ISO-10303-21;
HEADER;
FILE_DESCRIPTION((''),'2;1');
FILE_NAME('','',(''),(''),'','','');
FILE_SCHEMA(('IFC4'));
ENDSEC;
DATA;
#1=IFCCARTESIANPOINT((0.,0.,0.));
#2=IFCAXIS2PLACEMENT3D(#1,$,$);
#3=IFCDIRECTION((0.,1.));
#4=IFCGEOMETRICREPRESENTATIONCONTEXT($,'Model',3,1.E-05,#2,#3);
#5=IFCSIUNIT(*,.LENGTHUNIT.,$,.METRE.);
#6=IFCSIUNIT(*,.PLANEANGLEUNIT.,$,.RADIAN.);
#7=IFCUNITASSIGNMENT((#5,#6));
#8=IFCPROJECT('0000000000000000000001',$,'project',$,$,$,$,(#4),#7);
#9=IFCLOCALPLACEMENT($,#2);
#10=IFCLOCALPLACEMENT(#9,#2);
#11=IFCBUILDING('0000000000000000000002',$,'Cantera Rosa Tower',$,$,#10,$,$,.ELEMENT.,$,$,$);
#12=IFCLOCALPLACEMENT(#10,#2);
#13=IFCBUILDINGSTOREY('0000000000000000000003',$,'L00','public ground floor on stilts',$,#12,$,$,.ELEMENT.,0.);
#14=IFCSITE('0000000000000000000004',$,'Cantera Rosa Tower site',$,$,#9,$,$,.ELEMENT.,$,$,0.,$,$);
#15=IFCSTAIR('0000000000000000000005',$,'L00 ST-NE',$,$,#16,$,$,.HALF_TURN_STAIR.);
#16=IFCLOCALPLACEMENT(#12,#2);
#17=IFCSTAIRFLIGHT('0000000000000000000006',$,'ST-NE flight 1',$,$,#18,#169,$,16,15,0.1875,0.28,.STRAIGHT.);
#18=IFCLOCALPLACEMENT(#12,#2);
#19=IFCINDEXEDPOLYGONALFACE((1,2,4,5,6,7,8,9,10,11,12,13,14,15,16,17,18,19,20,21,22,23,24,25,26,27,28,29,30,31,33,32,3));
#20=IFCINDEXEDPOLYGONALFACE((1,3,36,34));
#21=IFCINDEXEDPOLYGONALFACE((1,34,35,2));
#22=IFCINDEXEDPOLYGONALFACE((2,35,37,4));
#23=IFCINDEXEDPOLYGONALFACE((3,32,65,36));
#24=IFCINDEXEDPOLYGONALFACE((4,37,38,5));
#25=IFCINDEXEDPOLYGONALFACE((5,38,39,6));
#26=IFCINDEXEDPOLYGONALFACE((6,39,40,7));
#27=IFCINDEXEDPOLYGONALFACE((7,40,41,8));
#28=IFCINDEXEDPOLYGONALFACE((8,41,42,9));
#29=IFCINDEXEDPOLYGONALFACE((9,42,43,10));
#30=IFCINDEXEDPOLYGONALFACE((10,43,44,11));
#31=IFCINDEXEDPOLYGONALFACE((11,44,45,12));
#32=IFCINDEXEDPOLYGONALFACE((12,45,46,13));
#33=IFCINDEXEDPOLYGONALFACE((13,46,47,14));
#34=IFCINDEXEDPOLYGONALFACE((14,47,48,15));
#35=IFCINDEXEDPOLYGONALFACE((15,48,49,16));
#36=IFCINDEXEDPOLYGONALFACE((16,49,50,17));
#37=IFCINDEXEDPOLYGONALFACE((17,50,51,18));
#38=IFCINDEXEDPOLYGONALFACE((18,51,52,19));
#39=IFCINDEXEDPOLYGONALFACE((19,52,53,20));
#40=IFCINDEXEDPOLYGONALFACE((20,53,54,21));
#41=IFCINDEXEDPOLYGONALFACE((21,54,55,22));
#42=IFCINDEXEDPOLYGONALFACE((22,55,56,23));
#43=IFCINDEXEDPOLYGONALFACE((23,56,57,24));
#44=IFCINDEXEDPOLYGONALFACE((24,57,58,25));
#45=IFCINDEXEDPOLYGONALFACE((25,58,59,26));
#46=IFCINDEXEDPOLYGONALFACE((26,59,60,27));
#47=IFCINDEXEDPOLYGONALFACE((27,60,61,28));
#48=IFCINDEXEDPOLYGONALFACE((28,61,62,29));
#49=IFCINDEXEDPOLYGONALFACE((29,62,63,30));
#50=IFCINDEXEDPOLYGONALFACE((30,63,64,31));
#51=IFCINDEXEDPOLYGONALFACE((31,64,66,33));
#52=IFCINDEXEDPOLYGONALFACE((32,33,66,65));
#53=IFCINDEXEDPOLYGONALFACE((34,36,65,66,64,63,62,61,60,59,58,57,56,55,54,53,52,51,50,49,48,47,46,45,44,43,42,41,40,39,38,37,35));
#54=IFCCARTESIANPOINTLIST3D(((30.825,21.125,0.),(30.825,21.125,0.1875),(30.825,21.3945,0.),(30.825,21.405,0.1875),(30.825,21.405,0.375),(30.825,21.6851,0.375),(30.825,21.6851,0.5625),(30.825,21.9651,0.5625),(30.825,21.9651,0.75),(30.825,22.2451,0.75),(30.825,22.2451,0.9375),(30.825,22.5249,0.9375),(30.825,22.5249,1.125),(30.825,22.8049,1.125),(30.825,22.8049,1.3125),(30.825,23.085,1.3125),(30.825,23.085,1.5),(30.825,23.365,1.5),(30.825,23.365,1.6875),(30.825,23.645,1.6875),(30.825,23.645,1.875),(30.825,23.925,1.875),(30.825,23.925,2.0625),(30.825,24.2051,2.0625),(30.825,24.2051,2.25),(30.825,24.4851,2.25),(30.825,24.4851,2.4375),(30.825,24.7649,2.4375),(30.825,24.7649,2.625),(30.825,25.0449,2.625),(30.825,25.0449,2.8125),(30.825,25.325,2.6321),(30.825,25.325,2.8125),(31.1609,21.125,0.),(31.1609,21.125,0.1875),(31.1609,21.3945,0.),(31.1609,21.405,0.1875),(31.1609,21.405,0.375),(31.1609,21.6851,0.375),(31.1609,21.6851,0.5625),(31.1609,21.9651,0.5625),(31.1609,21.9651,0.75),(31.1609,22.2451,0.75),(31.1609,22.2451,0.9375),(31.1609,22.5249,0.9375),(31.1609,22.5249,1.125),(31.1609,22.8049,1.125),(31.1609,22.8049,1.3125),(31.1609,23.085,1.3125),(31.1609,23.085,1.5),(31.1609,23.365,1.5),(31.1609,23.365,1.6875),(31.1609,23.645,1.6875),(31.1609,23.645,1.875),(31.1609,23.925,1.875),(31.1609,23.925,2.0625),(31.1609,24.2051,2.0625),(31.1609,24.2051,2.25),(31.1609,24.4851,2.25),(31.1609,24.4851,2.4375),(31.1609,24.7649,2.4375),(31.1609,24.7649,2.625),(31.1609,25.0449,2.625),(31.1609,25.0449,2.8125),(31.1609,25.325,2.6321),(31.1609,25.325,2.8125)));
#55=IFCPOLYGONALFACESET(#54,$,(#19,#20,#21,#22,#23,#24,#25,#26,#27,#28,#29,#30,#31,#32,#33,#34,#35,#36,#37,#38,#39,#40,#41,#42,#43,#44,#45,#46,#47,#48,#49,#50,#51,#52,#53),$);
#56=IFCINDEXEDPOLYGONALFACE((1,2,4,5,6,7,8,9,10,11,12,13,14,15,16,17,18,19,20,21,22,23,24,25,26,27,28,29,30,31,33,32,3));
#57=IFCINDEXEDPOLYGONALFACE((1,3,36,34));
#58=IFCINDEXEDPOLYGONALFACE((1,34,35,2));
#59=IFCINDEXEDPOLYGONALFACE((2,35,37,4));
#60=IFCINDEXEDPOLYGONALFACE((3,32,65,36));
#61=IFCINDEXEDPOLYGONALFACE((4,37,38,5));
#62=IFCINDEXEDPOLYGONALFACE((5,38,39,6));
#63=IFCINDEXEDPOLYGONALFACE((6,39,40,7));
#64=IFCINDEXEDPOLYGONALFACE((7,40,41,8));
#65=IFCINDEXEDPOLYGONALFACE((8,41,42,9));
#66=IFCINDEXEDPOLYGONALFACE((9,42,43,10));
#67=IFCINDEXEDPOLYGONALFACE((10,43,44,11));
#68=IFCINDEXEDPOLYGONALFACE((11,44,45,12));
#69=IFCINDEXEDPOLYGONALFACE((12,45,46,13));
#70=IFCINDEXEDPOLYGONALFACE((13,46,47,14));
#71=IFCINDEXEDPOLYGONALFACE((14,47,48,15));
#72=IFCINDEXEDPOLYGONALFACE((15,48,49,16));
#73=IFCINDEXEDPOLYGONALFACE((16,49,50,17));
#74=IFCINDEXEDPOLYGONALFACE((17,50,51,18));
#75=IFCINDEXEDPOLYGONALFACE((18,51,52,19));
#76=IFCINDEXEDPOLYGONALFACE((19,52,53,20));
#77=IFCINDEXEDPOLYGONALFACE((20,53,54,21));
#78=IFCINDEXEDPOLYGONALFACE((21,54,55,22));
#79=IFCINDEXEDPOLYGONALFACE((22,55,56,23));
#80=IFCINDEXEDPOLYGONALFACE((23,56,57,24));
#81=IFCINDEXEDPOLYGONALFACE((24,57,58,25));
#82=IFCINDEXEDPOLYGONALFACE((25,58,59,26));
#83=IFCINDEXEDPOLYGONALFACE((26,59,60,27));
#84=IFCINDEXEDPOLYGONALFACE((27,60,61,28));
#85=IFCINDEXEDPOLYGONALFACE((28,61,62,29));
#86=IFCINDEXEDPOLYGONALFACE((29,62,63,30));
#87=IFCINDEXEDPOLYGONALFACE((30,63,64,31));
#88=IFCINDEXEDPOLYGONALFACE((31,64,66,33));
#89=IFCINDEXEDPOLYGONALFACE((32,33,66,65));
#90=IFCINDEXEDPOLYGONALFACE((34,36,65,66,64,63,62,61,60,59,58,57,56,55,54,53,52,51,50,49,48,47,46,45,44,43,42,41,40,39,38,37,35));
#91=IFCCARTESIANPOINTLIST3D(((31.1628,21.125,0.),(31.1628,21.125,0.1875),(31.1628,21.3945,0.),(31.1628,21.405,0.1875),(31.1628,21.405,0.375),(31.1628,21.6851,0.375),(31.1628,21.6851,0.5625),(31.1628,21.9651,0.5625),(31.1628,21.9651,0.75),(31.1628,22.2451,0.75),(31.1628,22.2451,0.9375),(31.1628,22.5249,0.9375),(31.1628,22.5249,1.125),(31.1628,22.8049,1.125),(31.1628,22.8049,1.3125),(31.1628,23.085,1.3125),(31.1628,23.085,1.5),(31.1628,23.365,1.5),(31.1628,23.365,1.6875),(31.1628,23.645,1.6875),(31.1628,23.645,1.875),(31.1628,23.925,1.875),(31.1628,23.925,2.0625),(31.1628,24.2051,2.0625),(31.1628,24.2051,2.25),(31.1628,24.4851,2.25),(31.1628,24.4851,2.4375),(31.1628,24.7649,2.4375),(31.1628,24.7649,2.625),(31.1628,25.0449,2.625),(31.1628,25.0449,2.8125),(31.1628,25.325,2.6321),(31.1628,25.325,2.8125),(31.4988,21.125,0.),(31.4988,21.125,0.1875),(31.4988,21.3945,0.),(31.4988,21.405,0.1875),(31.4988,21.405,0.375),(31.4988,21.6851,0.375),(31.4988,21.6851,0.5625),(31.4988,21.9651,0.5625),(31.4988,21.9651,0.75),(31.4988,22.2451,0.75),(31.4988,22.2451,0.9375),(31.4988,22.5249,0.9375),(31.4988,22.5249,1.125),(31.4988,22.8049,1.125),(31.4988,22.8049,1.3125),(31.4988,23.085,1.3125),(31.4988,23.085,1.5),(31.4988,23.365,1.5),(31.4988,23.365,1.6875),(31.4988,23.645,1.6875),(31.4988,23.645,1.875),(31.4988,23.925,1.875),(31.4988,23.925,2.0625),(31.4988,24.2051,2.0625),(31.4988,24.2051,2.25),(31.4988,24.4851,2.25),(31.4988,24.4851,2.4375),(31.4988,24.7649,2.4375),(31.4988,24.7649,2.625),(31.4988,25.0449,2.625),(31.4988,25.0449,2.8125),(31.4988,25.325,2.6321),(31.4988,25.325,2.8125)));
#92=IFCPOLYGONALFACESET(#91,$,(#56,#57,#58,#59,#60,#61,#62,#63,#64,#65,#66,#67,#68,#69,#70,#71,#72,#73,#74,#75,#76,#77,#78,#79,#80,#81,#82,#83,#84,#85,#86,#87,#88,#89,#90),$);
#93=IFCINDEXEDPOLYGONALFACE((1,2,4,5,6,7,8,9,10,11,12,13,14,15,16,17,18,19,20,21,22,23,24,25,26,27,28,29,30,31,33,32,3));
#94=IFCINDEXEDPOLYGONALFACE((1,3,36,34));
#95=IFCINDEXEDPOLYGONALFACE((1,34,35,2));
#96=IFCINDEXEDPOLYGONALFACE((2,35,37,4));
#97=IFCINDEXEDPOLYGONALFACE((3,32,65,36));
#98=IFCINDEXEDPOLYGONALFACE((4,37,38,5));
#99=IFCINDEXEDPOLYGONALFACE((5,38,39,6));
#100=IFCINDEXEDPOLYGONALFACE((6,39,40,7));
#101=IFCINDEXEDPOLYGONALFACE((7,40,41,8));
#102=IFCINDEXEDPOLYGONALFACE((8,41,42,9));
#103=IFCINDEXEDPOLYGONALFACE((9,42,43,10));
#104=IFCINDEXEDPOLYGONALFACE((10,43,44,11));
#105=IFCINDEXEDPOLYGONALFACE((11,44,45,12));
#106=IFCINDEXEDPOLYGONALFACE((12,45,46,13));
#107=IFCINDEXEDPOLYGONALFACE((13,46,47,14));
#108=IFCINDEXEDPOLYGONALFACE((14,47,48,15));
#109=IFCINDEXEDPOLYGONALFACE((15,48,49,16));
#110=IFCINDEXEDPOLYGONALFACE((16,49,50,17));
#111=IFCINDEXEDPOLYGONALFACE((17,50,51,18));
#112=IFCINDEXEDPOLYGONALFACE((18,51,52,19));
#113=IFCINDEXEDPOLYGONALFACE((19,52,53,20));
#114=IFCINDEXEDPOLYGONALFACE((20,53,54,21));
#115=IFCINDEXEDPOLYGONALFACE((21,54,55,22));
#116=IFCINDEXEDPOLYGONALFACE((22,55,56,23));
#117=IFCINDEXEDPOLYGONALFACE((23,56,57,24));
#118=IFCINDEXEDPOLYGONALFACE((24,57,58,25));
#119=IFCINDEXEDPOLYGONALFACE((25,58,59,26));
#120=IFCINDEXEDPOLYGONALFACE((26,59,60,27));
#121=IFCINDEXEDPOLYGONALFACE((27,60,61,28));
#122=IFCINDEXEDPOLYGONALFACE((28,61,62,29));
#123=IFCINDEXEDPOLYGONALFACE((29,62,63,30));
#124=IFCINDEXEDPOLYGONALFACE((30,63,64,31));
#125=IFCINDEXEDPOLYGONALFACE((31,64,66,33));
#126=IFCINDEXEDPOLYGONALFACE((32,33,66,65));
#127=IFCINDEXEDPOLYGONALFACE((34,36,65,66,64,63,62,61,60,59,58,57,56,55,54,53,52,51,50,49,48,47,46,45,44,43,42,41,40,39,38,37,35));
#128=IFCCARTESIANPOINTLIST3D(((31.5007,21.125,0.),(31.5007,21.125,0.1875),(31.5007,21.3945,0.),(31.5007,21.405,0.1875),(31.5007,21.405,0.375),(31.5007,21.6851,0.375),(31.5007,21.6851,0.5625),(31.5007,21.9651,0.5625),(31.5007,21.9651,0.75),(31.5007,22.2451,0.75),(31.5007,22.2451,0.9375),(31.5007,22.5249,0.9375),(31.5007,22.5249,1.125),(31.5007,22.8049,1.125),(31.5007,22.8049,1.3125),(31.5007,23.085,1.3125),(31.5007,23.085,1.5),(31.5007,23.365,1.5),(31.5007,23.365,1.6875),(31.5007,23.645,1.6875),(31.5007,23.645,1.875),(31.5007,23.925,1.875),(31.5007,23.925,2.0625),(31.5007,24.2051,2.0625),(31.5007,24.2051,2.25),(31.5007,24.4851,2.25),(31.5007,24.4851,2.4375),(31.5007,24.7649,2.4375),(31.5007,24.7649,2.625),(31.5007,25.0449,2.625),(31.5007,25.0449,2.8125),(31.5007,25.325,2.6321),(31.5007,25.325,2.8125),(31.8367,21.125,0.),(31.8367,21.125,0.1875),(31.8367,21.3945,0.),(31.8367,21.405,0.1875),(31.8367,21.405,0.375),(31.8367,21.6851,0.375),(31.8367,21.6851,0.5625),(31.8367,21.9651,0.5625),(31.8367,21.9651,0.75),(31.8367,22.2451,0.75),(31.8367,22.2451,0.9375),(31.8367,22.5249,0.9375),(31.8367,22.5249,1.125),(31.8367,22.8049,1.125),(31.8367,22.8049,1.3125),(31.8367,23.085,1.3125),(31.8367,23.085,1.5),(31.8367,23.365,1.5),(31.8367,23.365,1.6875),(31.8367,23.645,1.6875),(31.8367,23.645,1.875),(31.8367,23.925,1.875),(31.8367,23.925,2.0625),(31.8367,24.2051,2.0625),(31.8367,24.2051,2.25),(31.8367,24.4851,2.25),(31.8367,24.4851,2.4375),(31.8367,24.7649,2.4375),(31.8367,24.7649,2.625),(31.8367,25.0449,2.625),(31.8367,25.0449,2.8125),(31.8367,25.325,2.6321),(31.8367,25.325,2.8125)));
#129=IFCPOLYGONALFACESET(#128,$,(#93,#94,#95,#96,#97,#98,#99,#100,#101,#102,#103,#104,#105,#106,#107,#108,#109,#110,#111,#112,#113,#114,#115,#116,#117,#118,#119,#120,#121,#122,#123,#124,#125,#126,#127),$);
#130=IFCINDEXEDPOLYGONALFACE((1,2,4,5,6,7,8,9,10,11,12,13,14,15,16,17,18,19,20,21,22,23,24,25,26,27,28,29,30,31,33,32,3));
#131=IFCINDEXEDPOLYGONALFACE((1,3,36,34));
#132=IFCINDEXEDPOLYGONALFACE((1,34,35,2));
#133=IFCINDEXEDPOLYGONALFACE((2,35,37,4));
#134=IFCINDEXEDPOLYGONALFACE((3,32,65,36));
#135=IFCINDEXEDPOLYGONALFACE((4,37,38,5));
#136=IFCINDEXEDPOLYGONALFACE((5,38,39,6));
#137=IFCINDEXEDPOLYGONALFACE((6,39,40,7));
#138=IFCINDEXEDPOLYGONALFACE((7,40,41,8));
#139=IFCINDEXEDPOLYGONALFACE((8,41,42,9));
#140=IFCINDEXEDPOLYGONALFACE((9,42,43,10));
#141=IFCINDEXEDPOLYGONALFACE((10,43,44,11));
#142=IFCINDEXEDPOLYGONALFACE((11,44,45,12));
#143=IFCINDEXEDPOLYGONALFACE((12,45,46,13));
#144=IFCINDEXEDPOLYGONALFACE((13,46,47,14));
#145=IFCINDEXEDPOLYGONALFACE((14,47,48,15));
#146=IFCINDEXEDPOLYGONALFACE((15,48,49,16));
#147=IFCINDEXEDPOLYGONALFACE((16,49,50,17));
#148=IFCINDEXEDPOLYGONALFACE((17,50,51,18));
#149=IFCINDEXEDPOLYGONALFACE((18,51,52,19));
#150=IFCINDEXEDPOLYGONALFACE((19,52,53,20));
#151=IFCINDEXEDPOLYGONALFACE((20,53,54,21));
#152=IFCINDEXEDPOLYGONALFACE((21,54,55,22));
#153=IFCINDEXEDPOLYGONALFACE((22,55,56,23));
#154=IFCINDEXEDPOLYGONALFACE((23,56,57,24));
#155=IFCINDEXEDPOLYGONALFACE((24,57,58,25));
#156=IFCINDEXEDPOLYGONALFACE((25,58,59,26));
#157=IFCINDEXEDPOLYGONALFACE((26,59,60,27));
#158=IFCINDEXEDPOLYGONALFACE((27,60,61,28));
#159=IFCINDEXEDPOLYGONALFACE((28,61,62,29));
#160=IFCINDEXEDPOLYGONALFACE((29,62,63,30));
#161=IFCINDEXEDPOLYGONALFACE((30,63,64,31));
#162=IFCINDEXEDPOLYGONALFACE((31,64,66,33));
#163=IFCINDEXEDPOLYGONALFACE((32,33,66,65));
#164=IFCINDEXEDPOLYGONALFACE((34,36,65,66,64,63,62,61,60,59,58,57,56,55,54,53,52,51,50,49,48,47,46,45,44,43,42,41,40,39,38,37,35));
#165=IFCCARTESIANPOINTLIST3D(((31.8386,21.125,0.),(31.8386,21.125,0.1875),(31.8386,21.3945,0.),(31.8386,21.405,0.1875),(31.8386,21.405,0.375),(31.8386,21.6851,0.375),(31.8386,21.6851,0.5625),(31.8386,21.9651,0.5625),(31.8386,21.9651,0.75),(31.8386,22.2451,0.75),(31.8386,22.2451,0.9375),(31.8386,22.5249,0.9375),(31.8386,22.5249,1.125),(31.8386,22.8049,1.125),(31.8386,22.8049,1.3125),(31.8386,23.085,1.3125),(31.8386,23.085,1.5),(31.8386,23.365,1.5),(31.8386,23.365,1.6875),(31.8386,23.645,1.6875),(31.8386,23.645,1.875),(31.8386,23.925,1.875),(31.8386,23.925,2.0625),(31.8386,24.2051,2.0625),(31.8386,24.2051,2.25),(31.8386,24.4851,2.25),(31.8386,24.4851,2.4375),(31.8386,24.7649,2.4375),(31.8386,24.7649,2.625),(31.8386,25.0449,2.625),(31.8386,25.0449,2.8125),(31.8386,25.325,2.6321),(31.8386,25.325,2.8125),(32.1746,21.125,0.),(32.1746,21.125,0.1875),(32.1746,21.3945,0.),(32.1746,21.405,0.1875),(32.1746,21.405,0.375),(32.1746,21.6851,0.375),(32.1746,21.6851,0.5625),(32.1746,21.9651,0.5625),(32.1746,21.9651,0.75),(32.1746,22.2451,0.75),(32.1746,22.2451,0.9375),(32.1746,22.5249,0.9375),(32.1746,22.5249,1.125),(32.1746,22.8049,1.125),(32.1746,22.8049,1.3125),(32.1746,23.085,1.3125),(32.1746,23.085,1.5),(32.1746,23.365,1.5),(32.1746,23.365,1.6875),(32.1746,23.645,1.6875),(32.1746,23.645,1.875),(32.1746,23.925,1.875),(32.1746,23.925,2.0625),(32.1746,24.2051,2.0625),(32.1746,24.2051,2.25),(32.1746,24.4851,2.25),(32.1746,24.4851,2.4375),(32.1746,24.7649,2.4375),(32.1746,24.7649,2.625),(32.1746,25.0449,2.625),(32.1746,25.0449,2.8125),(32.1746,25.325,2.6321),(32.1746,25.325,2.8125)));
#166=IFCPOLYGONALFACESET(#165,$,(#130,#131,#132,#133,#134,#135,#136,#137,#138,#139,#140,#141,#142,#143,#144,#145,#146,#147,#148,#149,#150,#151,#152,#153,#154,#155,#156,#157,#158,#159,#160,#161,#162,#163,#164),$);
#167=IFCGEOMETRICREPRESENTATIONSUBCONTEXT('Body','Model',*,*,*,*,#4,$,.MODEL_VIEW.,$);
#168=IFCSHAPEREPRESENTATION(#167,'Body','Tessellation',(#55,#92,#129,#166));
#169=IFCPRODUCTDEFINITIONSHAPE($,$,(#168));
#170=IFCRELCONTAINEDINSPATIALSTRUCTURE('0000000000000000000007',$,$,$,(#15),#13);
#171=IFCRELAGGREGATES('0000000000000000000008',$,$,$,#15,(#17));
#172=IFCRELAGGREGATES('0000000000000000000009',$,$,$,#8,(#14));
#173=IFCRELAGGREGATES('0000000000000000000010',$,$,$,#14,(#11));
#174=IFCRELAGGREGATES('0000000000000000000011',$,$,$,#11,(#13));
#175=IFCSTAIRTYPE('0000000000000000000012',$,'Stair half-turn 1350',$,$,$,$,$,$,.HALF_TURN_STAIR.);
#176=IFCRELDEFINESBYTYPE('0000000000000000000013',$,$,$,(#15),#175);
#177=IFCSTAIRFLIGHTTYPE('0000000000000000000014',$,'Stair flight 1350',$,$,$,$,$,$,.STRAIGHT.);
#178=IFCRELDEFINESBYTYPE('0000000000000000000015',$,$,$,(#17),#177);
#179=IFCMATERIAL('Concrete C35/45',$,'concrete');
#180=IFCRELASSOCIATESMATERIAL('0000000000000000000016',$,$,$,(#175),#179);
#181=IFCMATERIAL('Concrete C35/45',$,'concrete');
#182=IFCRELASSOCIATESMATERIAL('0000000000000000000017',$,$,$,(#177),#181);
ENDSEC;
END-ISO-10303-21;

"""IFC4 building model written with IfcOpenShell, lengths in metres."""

from ifc_helpers import new_model, si_unit, direction, frame, origin, place, context, subcontext, project, spatial, polyline, outline, extrude, material, type_object, element, aggregate, save


model = new_model("IFC4")

# Units and contexts
model_context = context("Model", 3, precision=1e-05, world=origin(), true_north=direction((0.0, 1.0)))
body_context = subcontext(model_context, "Body", "Model", "MODEL_VIEW")
ifc_project = project(units=[si_unit("LENGTHUNIT", "METRE"), si_unit("PLANEANGLEUNIT", "RADIAN")], contexts=[model_context])

# Site, building, storey
site_placement = place(None, origin())
site = spatial("IfcSite", under=ifc_project, at=site_placement, Name="Cantera Rosa Tower site", CompositionType="ELEMENT", RefElevation=0.0)
building_placement = place(site_placement, origin())
building = spatial("IfcBuilding", under=site, at=building_placement, Name="Cantera Rosa Tower", CompositionType="ELEMENT")
storey_placement = place(building_placement, origin())
storey = spatial("IfcBuildingStorey", under=building, at=storey_placement, Name="L00", Description="public ground floor on stilts", CompositionType="ELEMENT", Elevation=0.0)

# Stair, stair flight
ifc_material_1 = material(Name="Concrete C35/45", Category="concrete")
stair_type = type_object("IfcStairType", Name="Stair half-turn 1350", PredefinedType="HALF_TURN_STAIR", material=ifc_material_1)
stair_placement = place(storey_placement, origin())
stair = element("IfcStair", 1, at=stair_placement, inside=storey, type_object=stair_type, Name="L00 ST-NE", PredefinedType="HALF_TURN_STAIR")
ifc_material_2 = material(Name="Concrete C35/45", Category="concrete")
stair_flight_type = type_object("IfcStairFlightType", Name="Stair flight 1350", PredefinedType="STRAIGHT", material=ifc_material_2)
stair_flight_1_placement = place(storey_placement, frame((31.5, 21.125, 0.0), z_axis=(0.0, 0.0, 1.0), x_axis=(0.0, 1.0, 0.0)))
stair_flight_1 = element("IfcStairFlight", 2, at=stair_flight_1_placement, type_object=stair_flight_type, Name="ST-NE flight 1", NumberOfRisers=16, NumberOfTreads=15, PredefinedType="STRAIGHT", RiserHeight=0.1875, TreadLength=0.28, context=body_context, shape_type="SweptSolid", body=[
    extrude(outline(polyline([(0.0, 0.0), (0.0, 0.1875), (0.28, 0.1875), (0.28, 0.375), (0.5601, 0.375), (0.5601, 0.5625), (0.8401, 0.5625), (0.8401, 0.75), (1.1201, 0.75), (1.1201, 0.9375), (1.3999, 0.9375), (1.3999, 1.125), (1.6799, 1.125), (1.6799, 1.3125), (1.96, 1.3125), (1.96, 1.5), (2.24, 1.5), (2.24, 1.6875), (2.52, 1.6875), (2.52, 1.875), (2.8, 1.875), (2.8, 2.0625), (3.0801, 2.0625), (3.0801, 2.25), (3.3601, 2.25), (3.3601, 2.4375), (3.6399, 2.4375), (3.6399, 2.625), (3.9199, 2.625), (3.9199, 2.8125), (4.2, 2.8125), (4.2, 3.0), (4.2, 2.6321), (0.2695, 0.0), (0.0, 0.0)])), frame((0.0, 0.675, 0.0), z_axis=(0.0, -1.0, 0.0), x_axis=(1.0, 0.0, 0.0)), (0.0, 0.0, 1.0), 0.3359),
    extrude(outline(polyline([(0.0, 0.0), (0.0, 0.1875), (0.28, 0.1875), (0.28, 0.375), (0.5601, 0.375), (0.5601, 0.5625), (0.8401, 0.5625), (0.8401, 0.75), (1.1201, 0.75), (1.1201, 0.9375), (1.3999, 0.9375), (1.3999, 1.125), (1.6799, 1.125), (1.6799, 1.3125), (1.96, 1.3125), (1.96, 1.5), (2.24, 1.5), (2.24, 1.6875), (2.52, 1.6875), (2.52, 1.875), (2.8, 1.875), (2.8, 2.0625), (3.0801, 2.0625), (3.0801, 2.25), (3.3601, 2.25), (3.3601, 2.4375), (3.6399, 2.4375), (3.6399, 2.625), (3.9199, 2.625), (3.9199, 2.8125), (4.2, 2.8125), (4.2, 3.0), (4.2, 2.6321), (0.2695, 0.0), (0.0, 0.0)])), frame((0.0, 0.3372, 0.0), z_axis=(0.0, -1.0, 0.0), x_axis=(1.0, 0.0, 0.0)), (0.0, 0.0, 1.0), 0.3359),
    extrude(outline(polyline([(0.0, 0.0), (0.0, 0.1875), (0.28, 0.1875), (0.28, 0.375), (0.5601, 0.375), (0.5601, 0.5625), (0.8401, 0.5625), (0.8401, 0.75), (1.1201, 0.75), (1.1201, 0.9375), (1.3999, 0.9375), (1.3999, 1.125), (1.6799, 1.125), (1.6799, 1.3125), (1.96, 1.3125), (1.96, 1.5), (2.24, 1.5), (2.24, 1.6875), (2.52, 1.6875), (2.52, 1.875), (2.8, 1.875), (2.8, 2.0625), (3.0801, 2.0625), (3.0801, 2.25), (3.3601, 2.25), (3.3601, 2.4375), (3.6399, 2.4375), (3.6399, 2.625), (3.9199, 2.625), (3.9199, 2.8125), (4.2, 2.8125), (4.2, 3.0), (4.2, 2.6321), (0.2695, 0.0), (0.0, 0.0)])), frame((0.0, -0.0007, 0.0), z_axis=(0.0, -1.0, 0.0), x_axis=(1.0, 0.0, 0.0)), (0.0, 0.0, 1.0), 0.3359),
    extrude(outline(polyline([(0.0, 0.0), (0.0, 0.1875), (0.28, 0.1875), (0.28, 0.375), (0.5601, 0.375), (0.5601, 0.5625), (0.8401, 0.5625), (0.8401, 0.75), (1.1201, 0.75), (1.1201, 0.9375), (1.3999, 0.9375), (1.3999, 1.125), (1.6799, 1.125), (1.6799, 1.3125), (1.96, 1.3125), (1.96, 1.5), (2.24, 1.5), (2.24, 1.6875), (2.52, 1.6875), (2.52, 1.875), (2.8, 1.875), (2.8, 2.0625), (3.0801, 2.0625), (3.0801, 2.25), (3.3601, 2.25), (3.3601, 2.4375), (3.6399, 2.4375), (3.6399, 2.625), (3.9199, 2.625), (3.9199, 2.8125), (4.2, 2.8125), (4.2, 3.0), (4.2, 2.6321), (0.2695, 0.0), (0.0, 0.0)])), frame((0.0, -0.3386, 0.0), z_axis=(0.0, -1.0, 0.0), x_axis=(1.0, 0.0, 0.0)), (0.0, 0.0, 1.0), 0.3359),
])
aggregate(stair, [stair_flight_1])

save(model, "model.ifc")
